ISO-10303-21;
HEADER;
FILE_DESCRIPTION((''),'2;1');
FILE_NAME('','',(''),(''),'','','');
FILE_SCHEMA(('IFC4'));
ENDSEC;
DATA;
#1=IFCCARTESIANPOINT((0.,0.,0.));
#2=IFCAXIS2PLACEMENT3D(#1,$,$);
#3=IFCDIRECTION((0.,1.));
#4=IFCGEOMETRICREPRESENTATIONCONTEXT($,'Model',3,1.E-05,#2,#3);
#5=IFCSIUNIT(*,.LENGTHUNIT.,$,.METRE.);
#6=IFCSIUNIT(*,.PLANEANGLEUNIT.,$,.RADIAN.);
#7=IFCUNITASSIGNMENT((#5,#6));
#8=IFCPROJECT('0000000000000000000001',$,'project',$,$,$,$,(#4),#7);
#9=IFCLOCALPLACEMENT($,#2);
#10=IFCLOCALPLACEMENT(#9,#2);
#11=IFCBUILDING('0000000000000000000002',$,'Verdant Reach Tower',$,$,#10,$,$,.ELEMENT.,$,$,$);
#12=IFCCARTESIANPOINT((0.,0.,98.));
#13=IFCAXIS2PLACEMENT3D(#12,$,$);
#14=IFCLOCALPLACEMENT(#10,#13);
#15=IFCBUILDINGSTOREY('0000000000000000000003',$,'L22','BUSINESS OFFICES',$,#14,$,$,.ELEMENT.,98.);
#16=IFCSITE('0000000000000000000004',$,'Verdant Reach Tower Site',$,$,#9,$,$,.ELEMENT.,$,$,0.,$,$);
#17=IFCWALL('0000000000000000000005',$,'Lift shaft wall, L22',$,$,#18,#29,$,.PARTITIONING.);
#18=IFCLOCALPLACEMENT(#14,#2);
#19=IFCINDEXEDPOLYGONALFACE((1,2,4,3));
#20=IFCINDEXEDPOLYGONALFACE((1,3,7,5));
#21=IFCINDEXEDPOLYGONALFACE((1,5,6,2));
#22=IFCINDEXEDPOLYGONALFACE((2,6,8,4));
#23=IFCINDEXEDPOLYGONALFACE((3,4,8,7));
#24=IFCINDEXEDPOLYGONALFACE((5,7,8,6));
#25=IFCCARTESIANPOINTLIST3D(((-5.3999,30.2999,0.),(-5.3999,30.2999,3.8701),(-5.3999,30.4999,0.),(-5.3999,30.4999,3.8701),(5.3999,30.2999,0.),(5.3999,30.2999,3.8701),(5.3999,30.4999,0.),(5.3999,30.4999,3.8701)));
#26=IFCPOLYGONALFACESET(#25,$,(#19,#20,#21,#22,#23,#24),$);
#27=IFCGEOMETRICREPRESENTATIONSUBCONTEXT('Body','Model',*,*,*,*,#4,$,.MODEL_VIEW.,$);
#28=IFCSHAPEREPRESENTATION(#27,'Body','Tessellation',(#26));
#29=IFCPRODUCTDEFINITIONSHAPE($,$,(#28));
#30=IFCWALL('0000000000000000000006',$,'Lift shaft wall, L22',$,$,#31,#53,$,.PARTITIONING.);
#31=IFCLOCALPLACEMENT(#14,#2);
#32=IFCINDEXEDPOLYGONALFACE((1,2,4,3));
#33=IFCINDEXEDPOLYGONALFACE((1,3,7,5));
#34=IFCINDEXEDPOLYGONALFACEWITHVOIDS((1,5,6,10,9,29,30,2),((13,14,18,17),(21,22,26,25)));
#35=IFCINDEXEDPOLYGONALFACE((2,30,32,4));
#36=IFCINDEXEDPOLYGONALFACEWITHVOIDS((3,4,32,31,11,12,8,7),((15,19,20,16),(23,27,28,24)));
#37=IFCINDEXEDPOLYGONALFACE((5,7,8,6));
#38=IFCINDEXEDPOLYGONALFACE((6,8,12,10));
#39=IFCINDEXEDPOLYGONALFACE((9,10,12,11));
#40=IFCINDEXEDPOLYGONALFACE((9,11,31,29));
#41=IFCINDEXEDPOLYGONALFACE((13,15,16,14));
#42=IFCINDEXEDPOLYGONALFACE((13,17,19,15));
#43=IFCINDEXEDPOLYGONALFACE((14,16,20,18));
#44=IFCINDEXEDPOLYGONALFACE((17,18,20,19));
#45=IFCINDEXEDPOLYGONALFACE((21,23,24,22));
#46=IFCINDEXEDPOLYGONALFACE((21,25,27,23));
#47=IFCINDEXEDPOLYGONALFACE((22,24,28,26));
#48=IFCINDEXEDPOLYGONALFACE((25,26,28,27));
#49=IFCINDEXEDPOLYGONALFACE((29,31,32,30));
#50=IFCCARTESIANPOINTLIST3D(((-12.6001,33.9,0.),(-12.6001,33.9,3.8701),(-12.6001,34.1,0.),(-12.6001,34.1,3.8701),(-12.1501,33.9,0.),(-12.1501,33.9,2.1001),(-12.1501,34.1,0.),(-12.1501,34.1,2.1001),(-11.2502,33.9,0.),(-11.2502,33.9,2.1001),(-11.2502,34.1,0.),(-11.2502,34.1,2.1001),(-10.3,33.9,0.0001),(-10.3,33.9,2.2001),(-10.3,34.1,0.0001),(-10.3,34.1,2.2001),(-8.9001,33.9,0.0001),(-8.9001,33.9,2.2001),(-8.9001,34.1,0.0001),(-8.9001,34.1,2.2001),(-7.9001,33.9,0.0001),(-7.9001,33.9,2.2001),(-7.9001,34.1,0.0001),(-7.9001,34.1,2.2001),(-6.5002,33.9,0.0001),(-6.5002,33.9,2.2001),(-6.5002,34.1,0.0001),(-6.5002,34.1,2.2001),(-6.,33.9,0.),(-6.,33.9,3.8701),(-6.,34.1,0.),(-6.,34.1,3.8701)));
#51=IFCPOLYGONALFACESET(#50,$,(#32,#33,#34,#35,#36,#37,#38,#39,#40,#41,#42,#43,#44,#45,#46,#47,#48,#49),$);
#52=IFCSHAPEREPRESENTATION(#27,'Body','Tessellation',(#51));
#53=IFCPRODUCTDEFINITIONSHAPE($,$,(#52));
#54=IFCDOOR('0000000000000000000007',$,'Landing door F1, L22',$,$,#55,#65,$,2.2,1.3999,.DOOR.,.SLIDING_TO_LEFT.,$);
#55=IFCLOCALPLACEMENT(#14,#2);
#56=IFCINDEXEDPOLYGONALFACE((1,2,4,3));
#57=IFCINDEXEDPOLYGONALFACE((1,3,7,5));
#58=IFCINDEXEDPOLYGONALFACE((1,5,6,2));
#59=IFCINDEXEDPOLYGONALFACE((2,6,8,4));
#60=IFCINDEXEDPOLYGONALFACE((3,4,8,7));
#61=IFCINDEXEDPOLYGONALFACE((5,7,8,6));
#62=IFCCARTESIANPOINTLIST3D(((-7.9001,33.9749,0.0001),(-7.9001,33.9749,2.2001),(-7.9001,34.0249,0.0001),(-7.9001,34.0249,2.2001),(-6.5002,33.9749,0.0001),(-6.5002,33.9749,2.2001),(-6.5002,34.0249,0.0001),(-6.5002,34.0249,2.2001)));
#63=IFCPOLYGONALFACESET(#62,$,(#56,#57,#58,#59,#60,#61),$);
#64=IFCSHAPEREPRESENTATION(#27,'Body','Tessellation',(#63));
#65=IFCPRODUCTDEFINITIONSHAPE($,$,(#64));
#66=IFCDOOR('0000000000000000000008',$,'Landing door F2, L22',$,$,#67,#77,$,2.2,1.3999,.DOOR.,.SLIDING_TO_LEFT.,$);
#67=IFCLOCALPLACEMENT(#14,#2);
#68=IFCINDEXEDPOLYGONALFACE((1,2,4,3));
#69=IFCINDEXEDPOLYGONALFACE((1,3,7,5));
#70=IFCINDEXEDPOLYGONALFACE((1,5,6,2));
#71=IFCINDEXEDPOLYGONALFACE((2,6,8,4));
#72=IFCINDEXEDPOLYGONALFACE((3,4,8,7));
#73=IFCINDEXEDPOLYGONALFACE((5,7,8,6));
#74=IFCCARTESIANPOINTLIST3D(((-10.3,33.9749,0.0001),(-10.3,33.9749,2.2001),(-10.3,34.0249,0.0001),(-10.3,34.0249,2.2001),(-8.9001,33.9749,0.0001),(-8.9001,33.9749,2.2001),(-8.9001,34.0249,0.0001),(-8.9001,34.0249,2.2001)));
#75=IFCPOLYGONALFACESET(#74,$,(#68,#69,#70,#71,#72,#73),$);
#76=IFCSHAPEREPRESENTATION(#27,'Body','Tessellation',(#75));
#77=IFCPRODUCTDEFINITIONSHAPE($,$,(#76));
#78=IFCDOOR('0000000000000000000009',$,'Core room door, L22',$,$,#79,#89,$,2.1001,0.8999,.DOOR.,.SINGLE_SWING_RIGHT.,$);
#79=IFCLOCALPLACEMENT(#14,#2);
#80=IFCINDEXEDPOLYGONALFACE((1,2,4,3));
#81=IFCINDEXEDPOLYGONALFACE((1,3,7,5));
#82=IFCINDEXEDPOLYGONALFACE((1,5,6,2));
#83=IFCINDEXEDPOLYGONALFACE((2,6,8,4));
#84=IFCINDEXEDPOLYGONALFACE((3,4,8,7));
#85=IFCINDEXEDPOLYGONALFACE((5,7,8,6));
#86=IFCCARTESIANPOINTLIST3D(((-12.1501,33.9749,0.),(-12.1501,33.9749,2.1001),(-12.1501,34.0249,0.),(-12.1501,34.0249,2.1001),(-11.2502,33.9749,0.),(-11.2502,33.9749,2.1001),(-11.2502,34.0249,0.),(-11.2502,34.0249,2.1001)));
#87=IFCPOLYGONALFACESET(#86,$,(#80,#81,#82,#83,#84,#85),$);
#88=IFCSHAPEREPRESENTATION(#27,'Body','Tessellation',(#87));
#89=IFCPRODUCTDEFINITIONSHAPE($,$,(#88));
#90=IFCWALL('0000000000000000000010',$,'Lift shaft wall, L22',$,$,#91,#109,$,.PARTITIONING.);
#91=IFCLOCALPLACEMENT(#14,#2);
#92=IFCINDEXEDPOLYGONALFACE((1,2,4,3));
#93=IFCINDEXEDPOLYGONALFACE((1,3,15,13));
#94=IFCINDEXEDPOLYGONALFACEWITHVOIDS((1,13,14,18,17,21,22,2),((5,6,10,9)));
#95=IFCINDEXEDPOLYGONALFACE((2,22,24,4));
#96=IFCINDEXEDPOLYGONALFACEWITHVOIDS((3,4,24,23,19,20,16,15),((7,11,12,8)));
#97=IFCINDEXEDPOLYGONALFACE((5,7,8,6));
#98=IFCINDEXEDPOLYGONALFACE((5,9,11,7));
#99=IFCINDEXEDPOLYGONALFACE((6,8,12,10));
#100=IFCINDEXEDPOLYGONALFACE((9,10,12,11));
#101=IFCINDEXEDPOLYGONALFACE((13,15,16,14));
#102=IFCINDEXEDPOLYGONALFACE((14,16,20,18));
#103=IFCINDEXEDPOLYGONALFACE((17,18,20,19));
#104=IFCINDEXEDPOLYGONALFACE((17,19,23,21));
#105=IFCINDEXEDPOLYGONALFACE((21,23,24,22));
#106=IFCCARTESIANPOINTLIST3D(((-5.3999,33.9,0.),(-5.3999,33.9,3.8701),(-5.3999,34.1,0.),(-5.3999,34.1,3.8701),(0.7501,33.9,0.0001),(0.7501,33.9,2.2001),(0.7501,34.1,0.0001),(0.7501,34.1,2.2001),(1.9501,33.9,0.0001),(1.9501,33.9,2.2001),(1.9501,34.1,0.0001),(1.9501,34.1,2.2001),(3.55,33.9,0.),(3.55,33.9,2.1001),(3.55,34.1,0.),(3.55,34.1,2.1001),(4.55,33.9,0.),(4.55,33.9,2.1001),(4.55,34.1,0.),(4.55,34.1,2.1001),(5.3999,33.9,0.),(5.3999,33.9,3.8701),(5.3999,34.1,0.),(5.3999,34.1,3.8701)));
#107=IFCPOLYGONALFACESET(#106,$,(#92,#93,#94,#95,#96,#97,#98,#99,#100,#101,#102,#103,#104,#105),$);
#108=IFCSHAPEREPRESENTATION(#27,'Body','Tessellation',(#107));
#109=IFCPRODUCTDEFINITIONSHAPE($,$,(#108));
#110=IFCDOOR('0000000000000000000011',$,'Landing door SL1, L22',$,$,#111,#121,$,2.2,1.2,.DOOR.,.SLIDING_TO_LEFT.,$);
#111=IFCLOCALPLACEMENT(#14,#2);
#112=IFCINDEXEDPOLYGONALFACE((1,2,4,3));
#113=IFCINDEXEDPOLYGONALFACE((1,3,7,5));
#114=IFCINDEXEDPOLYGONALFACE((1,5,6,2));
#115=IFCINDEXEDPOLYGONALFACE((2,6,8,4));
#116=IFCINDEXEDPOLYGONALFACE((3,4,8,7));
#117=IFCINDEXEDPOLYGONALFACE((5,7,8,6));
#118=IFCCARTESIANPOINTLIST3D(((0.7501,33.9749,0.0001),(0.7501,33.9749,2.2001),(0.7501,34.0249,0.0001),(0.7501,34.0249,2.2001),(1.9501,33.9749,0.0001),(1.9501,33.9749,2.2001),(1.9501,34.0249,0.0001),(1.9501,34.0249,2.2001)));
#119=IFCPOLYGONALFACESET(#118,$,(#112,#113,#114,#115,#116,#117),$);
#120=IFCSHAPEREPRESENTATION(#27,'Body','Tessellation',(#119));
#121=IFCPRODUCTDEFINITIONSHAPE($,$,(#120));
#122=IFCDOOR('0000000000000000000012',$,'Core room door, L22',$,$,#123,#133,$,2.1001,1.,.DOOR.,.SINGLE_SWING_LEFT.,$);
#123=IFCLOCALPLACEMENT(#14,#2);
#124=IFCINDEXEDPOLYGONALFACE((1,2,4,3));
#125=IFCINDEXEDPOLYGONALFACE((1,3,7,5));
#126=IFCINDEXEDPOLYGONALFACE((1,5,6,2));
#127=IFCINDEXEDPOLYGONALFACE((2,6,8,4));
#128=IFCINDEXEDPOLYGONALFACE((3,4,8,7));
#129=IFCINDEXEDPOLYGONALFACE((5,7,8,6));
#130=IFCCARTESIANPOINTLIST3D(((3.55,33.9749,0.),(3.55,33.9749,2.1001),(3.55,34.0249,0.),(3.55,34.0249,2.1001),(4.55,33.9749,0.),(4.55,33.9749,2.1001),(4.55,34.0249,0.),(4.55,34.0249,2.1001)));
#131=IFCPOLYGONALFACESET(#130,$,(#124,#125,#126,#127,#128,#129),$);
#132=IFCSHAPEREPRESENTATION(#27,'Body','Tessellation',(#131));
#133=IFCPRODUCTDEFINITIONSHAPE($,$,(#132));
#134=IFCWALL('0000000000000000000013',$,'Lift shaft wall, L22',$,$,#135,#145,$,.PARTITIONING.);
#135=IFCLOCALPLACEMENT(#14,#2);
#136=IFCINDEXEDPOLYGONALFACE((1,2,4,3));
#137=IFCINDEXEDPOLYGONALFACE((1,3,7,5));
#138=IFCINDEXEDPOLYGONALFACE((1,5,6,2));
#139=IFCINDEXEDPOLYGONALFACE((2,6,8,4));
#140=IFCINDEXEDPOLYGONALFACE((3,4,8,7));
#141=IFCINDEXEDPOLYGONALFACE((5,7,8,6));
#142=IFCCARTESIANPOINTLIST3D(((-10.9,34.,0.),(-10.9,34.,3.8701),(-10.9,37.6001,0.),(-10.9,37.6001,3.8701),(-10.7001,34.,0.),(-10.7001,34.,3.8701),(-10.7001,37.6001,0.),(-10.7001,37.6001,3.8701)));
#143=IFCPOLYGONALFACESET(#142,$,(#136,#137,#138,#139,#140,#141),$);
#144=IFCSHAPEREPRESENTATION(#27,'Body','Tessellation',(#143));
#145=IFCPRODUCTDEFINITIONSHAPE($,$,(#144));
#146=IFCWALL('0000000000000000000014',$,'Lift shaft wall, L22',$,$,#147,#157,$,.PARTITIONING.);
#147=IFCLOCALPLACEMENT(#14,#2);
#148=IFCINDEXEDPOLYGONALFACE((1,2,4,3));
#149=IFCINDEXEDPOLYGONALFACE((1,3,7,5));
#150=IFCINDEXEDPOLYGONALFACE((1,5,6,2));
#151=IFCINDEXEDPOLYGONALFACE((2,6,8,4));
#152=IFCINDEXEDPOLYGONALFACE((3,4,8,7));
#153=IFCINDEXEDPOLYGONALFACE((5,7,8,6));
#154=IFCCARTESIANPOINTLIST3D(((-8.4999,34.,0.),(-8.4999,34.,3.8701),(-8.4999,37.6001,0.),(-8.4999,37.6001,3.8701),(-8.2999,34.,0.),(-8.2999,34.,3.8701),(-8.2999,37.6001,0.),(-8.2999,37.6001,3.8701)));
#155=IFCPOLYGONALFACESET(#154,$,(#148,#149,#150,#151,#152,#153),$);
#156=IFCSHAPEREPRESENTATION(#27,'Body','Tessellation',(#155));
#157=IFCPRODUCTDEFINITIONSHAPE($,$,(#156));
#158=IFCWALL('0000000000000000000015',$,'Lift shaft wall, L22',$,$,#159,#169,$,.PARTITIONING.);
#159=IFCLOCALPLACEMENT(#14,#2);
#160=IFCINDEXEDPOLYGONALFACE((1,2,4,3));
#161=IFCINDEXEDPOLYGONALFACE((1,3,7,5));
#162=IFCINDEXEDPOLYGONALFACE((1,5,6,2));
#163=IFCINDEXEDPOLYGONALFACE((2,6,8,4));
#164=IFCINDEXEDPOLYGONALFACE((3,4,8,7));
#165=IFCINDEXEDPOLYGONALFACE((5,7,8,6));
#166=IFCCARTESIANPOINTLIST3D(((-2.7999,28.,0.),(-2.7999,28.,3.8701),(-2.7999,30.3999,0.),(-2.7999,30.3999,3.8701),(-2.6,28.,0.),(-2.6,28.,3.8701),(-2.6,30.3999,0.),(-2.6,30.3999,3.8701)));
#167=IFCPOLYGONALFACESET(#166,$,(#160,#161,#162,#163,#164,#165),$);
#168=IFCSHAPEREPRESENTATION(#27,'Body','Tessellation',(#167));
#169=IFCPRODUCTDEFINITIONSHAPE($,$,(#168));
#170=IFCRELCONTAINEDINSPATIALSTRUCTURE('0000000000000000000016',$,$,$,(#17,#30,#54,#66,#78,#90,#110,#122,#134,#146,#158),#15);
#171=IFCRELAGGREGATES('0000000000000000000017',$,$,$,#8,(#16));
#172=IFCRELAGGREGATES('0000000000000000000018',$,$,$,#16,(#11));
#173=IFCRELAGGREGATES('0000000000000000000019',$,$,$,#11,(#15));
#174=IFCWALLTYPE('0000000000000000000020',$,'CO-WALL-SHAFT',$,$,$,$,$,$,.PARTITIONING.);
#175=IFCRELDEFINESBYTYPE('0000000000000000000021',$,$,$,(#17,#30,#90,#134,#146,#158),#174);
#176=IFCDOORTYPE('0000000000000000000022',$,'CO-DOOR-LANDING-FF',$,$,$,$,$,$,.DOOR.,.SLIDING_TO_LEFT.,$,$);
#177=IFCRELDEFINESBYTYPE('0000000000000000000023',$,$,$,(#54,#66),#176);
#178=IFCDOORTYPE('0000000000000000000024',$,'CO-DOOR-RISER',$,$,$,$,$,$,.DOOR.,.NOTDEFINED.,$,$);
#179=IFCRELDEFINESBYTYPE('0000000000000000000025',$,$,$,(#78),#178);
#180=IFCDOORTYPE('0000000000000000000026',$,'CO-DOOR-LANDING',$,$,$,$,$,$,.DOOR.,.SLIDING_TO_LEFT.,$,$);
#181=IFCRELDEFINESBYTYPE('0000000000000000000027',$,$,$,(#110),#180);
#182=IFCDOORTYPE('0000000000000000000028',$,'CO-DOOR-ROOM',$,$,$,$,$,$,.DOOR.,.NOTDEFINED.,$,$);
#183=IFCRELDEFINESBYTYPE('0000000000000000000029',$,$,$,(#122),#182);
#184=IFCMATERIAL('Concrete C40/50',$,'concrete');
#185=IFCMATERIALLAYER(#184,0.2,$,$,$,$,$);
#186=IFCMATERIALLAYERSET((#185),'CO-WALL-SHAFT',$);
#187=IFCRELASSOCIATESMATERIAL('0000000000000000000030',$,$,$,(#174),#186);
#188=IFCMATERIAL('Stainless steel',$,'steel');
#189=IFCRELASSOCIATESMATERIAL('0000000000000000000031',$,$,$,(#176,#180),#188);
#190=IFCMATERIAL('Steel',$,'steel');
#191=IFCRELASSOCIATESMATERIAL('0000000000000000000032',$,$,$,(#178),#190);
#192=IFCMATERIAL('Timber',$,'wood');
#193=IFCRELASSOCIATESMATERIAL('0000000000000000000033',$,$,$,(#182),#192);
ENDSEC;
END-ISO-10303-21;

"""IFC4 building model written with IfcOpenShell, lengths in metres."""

from ifc_helpers import new_model, si_unit, direction, frame, frame_2d, origin, place, context, subcontext, project, spatial, rectangle, extrude, material, layer, layer_set, type_object, element, fill, save


model = new_model("IFC4")

# Units and contexts
model_context = context("Model", 3, precision=1e-05, world=origin(), true_north=direction((0.0, 1.0)))
body_context = subcontext(model_context, "Body", "Model", "MODEL_VIEW")
ifc_project = project(units=[si_unit("LENGTHUNIT", "METRE"), si_unit("PLANEANGLEUNIT", "RADIAN")], contexts=[model_context])

# Site, building, storey
site_placement = place(None, origin())
site = spatial("IfcSite", under=ifc_project, at=site_placement, Name="Verdant Reach Tower Site", CompositionType="ELEMENT", RefElevation=0.0)
building_placement = place(site_placement, origin())
building = spatial("IfcBuilding", under=site, at=building_placement, Name="Verdant Reach Tower", CompositionType="ELEMENT")
storey_placement = place(building_placement, frame((0.0, 0.0, 98.0)))
storey = spatial("IfcBuildingStorey", under=building, at=storey_placement, Name="L22", Description="BUSINESS OFFICES", CompositionType="ELEMENT", Elevation=98.0)

# Wall
ifc_material_1 = material(Name="Concrete C40/50", Category="concrete")
ifc_layer_1 = layer(ifc_material_1, 0.2)
ifc_layer_set_1 = layer_set([ifc_layer_1], Name="CO-WALL-SHAFT")
wall_type_1 = type_object("IfcWallType", Name="CO-WALL-SHAFT", PredefinedType="PARTITIONING", material=ifc_layer_set_1)
wall_1_placement = place(storey_placement, frame((-5.3999, 30.3999, 0.0), z_axis=(0.0, 0.0, 1.0), x_axis=(1.0, 0.0, 0.0)))
element("IfcWall", 1, at=wall_1_placement, inside=storey, type_object=wall_type_1, Name="Lift shaft wall, L22", PredefinedType="PARTITIONING", context=body_context, shape_type="SweptSolid", body=[
    extrude(rectangle(XDim=10.7998, YDim=0.2, at=frame_2d((5.3999, 0.0))), origin(), (0.0, 0.0, 1.0), 3.8701),
])

# Walls, openings, doors
wall_2_placement = place(storey_placement, frame((-12.6001, 34.0, 0.0), z_axis=(0.0, 0.0, 1.0), x_axis=(1.0, 0.0, 0.0)))
wall_2 = element("IfcWall", 2, at=wall_2_placement, inside=storey, type_object=wall_type_1, Name="Lift shaft wall, L22", PredefinedType="PARTITIONING", context=body_context, shape_type="SweptSolid", body=[
    extrude(rectangle(XDim=6.6001, YDim=0.2, at=frame_2d((3.3, 0.0))), origin(), (0.0, 0.0, 1.0), 3.8701),
])
opening_1_placement = place(wall_2_placement, frame((4.7, 0.0, 0.0)))
opening_1 = element("IfcOpeningElement", 3, at=opening_1_placement, cuts=wall_2, PredefinedType="OPENING", context=body_context, shape_type="SweptSolid", body=[
    extrude(rectangle(XDim=1.3999, YDim=2.2, at=frame_2d((0.7, 1.1001))), frame((0.0, 0.1099, 0.0), z_axis=(0.0, -1.0, 0.0), x_axis=(1.0, 0.0, 0.0)), (0.0, 0.0, 1.0), 0.22),
])
opening_2_placement = place(wall_2_placement, frame((2.3, 0.0, 0.0)))
opening_2 = element("IfcOpeningElement", 4, at=opening_2_placement, cuts=wall_2, PredefinedType="OPENING", context=body_context, shape_type="SweptSolid", body=[
    extrude(rectangle(XDim=1.3999, YDim=2.2, at=frame_2d((0.7, 1.1001))), frame((0.0, 0.1099, 0.0), z_axis=(0.0, -1.0, 0.0), x_axis=(1.0, 0.0, 0.0)), (0.0, 0.0, 1.0), 0.22),
])
opening_3_placement = place(wall_2_placement, frame((0.45, 0.0, 0.0)))
opening_3 = element("IfcOpeningElement", 5, at=opening_3_placement, cuts=wall_2, PredefinedType="OPENING", context=body_context, shape_type="SweptSolid", body=[
    extrude(rectangle(XDim=0.8999, YDim=2.1001, at=frame_2d((0.45, 1.05))), frame((0.0, 0.1099, 0.0), z_axis=(0.0, -1.0, 0.0), x_axis=(1.0, 0.0, 0.0)), (0.0, 0.0, 1.0), 0.22),
])
ifc_material_2 = material(Name="Stainless steel", Category="steel")
door_type_1 = type_object("IfcDoorType", Name="CO-DOOR-LANDING-FF", OperationType="SLIDING_TO_LEFT", PredefinedType="DOOR", material=ifc_material_2)
door_1_placement = place(opening_1_placement, origin())
door_1 = element("IfcDoor", 6, at=door_1_placement, inside=storey, type_object=door_type_1, Name="Landing door F1, L22", OperationType="SLIDING_TO_LEFT", OverallHeight=2.2, OverallWidth=1.3999, PredefinedType="DOOR", context=body_context, shape_type="SweptSolid", body=[
    extrude(rectangle(XDim=1.3999, YDim=2.2, at=frame_2d((0.7, 1.1001))), frame((0.0, 0.0249, 0.0), z_axis=(0.0, -1.0, 0.0), x_axis=(1.0, 0.0, 0.0)), (0.0, 0.0, 1.0), 0.05),
])
fill(opening_1, door_1)
door_2_placement = place(opening_2_placement, origin())
door_2 = element("IfcDoor", 7, at=door_2_placement, inside=storey, type_object=door_type_1, Name="Landing door F2, L22", OperationType="SLIDING_TO_LEFT", OverallHeight=2.2, OverallWidth=1.3999, PredefinedType="DOOR", context=body_context, shape_type="SweptSolid", body=[
    extrude(rectangle(XDim=1.3999, YDim=2.2, at=frame_2d((0.7, 1.1001))), frame((0.0, 0.0249, 0.0), z_axis=(0.0, -1.0, 0.0), x_axis=(1.0, 0.0, 0.0)), (0.0, 0.0, 1.0), 0.05),
])
fill(opening_2, door_2)
ifc_material_3 = material(Name="Steel", Category="steel")
door_type_2 = type_object("IfcDoorType", Name="CO-DOOR-RISER", OperationType="NOTDEFINED", PredefinedType="DOOR", material=ifc_material_3)
door_3_placement = place(opening_3_placement, origin())
door_3 = element("IfcDoor", 8, at=door_3_placement, inside=storey, type_object=door_type_2, Name="Core room door, L22", OperationType="SINGLE_SWING_RIGHT", OverallHeight=2.1001, OverallWidth=0.8999, PredefinedType="DOOR", context=body_context, shape_type="SweptSolid", body=[
    extrude(rectangle(XDim=0.8999, YDim=2.1001, at=frame_2d((0.45, 1.05))), frame((0.0, 0.0249, 0.0), z_axis=(0.0, -1.0, 0.0), x_axis=(1.0, 0.0, 0.0)), (0.0, 0.0, 1.0), 0.05),
])
fill(opening_3, door_3)
wall_3_placement = place(storey_placement, frame((-5.3999, 34.0, 0.0), z_axis=(0.0, 0.0, 1.0), x_axis=(1.0, 0.0, 0.0)))
wall_3 = element("IfcWall", 9, at=wall_3_placement, inside=storey, type_object=wall_type_1, Name="Lift shaft wall, L22", PredefinedType="PARTITIONING", context=body_context, shape_type="SweptSolid", body=[
    extrude(rectangle(XDim=10.7998, YDim=0.2, at=frame_2d((5.3999, 0.0))), origin(), (0.0, 0.0, 1.0), 3.8701),
])
opening_4_placement = place(wall_3_placement, frame((6.1499, 0.0, 0.0)))
opening_4 = element("IfcOpeningElement", 10, at=opening_4_placement, cuts=wall_3, PredefinedType="OPENING", context=body_context, shape_type="SweptSolid", body=[
    extrude(rectangle(XDim=1.2, YDim=2.2, at=frame_2d((0.6001, 1.1001))), frame((0.0, 0.1099, 0.0), z_axis=(0.0, -1.0, 0.0), x_axis=(1.0, 0.0, 0.0)), (0.0, 0.0, 1.0), 0.22),
])
opening_5_placement = place(wall_3_placement, frame((8.95, 0.0, 0.0)))
opening_5 = element("IfcOpeningElement", 11, at=opening_5_placement, cuts=wall_3, PredefinedType="OPENING", context=body_context, shape_type="SweptSolid", body=[
    extrude(rectangle(XDim=1.0, YDim=2.1001, at=frame_2d((0.5, 1.05))), frame((0.0, 0.1099, 0.0), z_axis=(0.0, -1.0, 0.0), x_axis=(1.0, 0.0, 0.0)), (0.0, 0.0, 1.0), 0.22),
])
door_type_3 = type_object("IfcDoorType", Name="CO-DOOR-LANDING", OperationType="SLIDING_TO_LEFT", PredefinedType="DOOR", material=ifc_material_2)
door_4_placement = place(opening_4_placement, origin())
door_4 = element("IfcDoor", 12, at=door_4_placement, inside=storey, type_object=door_type_3, Name="Landing door SL1, L22", OperationType="SLIDING_TO_LEFT", OverallHeight=2.2, OverallWidth=1.2, PredefinedType="DOOR", context=body_context, shape_type="SweptSolid", body=[
    extrude(rectangle(XDim=1.2, YDim=2.2, at=frame_2d((0.6001, 1.1001))), frame((0.0, 0.0249, 0.0), z_axis=(0.0, -1.0, 0.0), x_axis=(1.0, 0.0, 0.0)), (0.0, 0.0, 1.0), 0.05),
])
fill(opening_4, door_4)
ifc_material_4 = material(Name="Timber", Category="wood")
door_type_4 = type_object("IfcDoorType", Name="CO-DOOR-ROOM", OperationType="NOTDEFINED", PredefinedType="DOOR", material=ifc_material_4)
door_5_placement = place(opening_5_placement, origin())
door_5 = element("IfcDoor", 13, at=door_5_placement, inside=storey, type_object=door_type_4, Name="Core room door, L22", OperationType="SINGLE_SWING_LEFT", OverallHeight=2.1001, OverallWidth=1.0, PredefinedType="DOOR", context=body_context, shape_type="SweptSolid", body=[
    extrude(rectangle(XDim=1.0, YDim=2.1001, at=frame_2d((0.5, 1.05))), frame((0.0, 0.0249, 0.0), z_axis=(0.0, -1.0, 0.0), x_axis=(1.0, 0.0, 0.0)), (0.0, 0.0, 1.0), 0.05),
])
fill(opening_5, door_5)

# Walls
for number, where, z_axis, x_axis, name in (
    (14, (-10.8, 34.0, 0.0), (0.0, 0.0, 1.0), (0.0, 1.0, 0.0), "Lift shaft wall, L22"),
    (15, (-8.3999, 34.0, 0.0), (0.0, 0.0, 1.0), (0.0, 1.0, 0.0), "Lift shaft wall, L22"),
):
    element("IfcWall", number, at=place(storey_placement, frame(where, z_axis=z_axis, x_axis=x_axis)), inside=storey, type_object=wall_type_1, Name=name, PredefinedType="PARTITIONING", context=body_context, shape_type="SweptSolid", body=[
        extrude(rectangle(XDim=3.6001, YDim=0.2, at=frame_2d((1.8, 0.0))), origin(), (0.0, 0.0, 1.0), 3.8701),
    ])
wall_4_placement = place(storey_placement, frame((-2.7, 28.0, 0.0), z_axis=(0.0, 0.0, 1.0), x_axis=(0.0, 1.0, 0.0)))
element("IfcWall", 16, at=wall_4_placement, inside=storey, type_object=wall_type_1, Name="Lift shaft wall, L22", PredefinedType="PARTITIONING", context=body_context, shape_type="SweptSolid", body=[
    extrude(rectangle(XDim=2.3999, YDim=0.2, at=frame_2d((1.2, 0.0))), origin(), (0.0, 0.0, 1.0), 3.8701),
])

save(model, "model.ifc")
